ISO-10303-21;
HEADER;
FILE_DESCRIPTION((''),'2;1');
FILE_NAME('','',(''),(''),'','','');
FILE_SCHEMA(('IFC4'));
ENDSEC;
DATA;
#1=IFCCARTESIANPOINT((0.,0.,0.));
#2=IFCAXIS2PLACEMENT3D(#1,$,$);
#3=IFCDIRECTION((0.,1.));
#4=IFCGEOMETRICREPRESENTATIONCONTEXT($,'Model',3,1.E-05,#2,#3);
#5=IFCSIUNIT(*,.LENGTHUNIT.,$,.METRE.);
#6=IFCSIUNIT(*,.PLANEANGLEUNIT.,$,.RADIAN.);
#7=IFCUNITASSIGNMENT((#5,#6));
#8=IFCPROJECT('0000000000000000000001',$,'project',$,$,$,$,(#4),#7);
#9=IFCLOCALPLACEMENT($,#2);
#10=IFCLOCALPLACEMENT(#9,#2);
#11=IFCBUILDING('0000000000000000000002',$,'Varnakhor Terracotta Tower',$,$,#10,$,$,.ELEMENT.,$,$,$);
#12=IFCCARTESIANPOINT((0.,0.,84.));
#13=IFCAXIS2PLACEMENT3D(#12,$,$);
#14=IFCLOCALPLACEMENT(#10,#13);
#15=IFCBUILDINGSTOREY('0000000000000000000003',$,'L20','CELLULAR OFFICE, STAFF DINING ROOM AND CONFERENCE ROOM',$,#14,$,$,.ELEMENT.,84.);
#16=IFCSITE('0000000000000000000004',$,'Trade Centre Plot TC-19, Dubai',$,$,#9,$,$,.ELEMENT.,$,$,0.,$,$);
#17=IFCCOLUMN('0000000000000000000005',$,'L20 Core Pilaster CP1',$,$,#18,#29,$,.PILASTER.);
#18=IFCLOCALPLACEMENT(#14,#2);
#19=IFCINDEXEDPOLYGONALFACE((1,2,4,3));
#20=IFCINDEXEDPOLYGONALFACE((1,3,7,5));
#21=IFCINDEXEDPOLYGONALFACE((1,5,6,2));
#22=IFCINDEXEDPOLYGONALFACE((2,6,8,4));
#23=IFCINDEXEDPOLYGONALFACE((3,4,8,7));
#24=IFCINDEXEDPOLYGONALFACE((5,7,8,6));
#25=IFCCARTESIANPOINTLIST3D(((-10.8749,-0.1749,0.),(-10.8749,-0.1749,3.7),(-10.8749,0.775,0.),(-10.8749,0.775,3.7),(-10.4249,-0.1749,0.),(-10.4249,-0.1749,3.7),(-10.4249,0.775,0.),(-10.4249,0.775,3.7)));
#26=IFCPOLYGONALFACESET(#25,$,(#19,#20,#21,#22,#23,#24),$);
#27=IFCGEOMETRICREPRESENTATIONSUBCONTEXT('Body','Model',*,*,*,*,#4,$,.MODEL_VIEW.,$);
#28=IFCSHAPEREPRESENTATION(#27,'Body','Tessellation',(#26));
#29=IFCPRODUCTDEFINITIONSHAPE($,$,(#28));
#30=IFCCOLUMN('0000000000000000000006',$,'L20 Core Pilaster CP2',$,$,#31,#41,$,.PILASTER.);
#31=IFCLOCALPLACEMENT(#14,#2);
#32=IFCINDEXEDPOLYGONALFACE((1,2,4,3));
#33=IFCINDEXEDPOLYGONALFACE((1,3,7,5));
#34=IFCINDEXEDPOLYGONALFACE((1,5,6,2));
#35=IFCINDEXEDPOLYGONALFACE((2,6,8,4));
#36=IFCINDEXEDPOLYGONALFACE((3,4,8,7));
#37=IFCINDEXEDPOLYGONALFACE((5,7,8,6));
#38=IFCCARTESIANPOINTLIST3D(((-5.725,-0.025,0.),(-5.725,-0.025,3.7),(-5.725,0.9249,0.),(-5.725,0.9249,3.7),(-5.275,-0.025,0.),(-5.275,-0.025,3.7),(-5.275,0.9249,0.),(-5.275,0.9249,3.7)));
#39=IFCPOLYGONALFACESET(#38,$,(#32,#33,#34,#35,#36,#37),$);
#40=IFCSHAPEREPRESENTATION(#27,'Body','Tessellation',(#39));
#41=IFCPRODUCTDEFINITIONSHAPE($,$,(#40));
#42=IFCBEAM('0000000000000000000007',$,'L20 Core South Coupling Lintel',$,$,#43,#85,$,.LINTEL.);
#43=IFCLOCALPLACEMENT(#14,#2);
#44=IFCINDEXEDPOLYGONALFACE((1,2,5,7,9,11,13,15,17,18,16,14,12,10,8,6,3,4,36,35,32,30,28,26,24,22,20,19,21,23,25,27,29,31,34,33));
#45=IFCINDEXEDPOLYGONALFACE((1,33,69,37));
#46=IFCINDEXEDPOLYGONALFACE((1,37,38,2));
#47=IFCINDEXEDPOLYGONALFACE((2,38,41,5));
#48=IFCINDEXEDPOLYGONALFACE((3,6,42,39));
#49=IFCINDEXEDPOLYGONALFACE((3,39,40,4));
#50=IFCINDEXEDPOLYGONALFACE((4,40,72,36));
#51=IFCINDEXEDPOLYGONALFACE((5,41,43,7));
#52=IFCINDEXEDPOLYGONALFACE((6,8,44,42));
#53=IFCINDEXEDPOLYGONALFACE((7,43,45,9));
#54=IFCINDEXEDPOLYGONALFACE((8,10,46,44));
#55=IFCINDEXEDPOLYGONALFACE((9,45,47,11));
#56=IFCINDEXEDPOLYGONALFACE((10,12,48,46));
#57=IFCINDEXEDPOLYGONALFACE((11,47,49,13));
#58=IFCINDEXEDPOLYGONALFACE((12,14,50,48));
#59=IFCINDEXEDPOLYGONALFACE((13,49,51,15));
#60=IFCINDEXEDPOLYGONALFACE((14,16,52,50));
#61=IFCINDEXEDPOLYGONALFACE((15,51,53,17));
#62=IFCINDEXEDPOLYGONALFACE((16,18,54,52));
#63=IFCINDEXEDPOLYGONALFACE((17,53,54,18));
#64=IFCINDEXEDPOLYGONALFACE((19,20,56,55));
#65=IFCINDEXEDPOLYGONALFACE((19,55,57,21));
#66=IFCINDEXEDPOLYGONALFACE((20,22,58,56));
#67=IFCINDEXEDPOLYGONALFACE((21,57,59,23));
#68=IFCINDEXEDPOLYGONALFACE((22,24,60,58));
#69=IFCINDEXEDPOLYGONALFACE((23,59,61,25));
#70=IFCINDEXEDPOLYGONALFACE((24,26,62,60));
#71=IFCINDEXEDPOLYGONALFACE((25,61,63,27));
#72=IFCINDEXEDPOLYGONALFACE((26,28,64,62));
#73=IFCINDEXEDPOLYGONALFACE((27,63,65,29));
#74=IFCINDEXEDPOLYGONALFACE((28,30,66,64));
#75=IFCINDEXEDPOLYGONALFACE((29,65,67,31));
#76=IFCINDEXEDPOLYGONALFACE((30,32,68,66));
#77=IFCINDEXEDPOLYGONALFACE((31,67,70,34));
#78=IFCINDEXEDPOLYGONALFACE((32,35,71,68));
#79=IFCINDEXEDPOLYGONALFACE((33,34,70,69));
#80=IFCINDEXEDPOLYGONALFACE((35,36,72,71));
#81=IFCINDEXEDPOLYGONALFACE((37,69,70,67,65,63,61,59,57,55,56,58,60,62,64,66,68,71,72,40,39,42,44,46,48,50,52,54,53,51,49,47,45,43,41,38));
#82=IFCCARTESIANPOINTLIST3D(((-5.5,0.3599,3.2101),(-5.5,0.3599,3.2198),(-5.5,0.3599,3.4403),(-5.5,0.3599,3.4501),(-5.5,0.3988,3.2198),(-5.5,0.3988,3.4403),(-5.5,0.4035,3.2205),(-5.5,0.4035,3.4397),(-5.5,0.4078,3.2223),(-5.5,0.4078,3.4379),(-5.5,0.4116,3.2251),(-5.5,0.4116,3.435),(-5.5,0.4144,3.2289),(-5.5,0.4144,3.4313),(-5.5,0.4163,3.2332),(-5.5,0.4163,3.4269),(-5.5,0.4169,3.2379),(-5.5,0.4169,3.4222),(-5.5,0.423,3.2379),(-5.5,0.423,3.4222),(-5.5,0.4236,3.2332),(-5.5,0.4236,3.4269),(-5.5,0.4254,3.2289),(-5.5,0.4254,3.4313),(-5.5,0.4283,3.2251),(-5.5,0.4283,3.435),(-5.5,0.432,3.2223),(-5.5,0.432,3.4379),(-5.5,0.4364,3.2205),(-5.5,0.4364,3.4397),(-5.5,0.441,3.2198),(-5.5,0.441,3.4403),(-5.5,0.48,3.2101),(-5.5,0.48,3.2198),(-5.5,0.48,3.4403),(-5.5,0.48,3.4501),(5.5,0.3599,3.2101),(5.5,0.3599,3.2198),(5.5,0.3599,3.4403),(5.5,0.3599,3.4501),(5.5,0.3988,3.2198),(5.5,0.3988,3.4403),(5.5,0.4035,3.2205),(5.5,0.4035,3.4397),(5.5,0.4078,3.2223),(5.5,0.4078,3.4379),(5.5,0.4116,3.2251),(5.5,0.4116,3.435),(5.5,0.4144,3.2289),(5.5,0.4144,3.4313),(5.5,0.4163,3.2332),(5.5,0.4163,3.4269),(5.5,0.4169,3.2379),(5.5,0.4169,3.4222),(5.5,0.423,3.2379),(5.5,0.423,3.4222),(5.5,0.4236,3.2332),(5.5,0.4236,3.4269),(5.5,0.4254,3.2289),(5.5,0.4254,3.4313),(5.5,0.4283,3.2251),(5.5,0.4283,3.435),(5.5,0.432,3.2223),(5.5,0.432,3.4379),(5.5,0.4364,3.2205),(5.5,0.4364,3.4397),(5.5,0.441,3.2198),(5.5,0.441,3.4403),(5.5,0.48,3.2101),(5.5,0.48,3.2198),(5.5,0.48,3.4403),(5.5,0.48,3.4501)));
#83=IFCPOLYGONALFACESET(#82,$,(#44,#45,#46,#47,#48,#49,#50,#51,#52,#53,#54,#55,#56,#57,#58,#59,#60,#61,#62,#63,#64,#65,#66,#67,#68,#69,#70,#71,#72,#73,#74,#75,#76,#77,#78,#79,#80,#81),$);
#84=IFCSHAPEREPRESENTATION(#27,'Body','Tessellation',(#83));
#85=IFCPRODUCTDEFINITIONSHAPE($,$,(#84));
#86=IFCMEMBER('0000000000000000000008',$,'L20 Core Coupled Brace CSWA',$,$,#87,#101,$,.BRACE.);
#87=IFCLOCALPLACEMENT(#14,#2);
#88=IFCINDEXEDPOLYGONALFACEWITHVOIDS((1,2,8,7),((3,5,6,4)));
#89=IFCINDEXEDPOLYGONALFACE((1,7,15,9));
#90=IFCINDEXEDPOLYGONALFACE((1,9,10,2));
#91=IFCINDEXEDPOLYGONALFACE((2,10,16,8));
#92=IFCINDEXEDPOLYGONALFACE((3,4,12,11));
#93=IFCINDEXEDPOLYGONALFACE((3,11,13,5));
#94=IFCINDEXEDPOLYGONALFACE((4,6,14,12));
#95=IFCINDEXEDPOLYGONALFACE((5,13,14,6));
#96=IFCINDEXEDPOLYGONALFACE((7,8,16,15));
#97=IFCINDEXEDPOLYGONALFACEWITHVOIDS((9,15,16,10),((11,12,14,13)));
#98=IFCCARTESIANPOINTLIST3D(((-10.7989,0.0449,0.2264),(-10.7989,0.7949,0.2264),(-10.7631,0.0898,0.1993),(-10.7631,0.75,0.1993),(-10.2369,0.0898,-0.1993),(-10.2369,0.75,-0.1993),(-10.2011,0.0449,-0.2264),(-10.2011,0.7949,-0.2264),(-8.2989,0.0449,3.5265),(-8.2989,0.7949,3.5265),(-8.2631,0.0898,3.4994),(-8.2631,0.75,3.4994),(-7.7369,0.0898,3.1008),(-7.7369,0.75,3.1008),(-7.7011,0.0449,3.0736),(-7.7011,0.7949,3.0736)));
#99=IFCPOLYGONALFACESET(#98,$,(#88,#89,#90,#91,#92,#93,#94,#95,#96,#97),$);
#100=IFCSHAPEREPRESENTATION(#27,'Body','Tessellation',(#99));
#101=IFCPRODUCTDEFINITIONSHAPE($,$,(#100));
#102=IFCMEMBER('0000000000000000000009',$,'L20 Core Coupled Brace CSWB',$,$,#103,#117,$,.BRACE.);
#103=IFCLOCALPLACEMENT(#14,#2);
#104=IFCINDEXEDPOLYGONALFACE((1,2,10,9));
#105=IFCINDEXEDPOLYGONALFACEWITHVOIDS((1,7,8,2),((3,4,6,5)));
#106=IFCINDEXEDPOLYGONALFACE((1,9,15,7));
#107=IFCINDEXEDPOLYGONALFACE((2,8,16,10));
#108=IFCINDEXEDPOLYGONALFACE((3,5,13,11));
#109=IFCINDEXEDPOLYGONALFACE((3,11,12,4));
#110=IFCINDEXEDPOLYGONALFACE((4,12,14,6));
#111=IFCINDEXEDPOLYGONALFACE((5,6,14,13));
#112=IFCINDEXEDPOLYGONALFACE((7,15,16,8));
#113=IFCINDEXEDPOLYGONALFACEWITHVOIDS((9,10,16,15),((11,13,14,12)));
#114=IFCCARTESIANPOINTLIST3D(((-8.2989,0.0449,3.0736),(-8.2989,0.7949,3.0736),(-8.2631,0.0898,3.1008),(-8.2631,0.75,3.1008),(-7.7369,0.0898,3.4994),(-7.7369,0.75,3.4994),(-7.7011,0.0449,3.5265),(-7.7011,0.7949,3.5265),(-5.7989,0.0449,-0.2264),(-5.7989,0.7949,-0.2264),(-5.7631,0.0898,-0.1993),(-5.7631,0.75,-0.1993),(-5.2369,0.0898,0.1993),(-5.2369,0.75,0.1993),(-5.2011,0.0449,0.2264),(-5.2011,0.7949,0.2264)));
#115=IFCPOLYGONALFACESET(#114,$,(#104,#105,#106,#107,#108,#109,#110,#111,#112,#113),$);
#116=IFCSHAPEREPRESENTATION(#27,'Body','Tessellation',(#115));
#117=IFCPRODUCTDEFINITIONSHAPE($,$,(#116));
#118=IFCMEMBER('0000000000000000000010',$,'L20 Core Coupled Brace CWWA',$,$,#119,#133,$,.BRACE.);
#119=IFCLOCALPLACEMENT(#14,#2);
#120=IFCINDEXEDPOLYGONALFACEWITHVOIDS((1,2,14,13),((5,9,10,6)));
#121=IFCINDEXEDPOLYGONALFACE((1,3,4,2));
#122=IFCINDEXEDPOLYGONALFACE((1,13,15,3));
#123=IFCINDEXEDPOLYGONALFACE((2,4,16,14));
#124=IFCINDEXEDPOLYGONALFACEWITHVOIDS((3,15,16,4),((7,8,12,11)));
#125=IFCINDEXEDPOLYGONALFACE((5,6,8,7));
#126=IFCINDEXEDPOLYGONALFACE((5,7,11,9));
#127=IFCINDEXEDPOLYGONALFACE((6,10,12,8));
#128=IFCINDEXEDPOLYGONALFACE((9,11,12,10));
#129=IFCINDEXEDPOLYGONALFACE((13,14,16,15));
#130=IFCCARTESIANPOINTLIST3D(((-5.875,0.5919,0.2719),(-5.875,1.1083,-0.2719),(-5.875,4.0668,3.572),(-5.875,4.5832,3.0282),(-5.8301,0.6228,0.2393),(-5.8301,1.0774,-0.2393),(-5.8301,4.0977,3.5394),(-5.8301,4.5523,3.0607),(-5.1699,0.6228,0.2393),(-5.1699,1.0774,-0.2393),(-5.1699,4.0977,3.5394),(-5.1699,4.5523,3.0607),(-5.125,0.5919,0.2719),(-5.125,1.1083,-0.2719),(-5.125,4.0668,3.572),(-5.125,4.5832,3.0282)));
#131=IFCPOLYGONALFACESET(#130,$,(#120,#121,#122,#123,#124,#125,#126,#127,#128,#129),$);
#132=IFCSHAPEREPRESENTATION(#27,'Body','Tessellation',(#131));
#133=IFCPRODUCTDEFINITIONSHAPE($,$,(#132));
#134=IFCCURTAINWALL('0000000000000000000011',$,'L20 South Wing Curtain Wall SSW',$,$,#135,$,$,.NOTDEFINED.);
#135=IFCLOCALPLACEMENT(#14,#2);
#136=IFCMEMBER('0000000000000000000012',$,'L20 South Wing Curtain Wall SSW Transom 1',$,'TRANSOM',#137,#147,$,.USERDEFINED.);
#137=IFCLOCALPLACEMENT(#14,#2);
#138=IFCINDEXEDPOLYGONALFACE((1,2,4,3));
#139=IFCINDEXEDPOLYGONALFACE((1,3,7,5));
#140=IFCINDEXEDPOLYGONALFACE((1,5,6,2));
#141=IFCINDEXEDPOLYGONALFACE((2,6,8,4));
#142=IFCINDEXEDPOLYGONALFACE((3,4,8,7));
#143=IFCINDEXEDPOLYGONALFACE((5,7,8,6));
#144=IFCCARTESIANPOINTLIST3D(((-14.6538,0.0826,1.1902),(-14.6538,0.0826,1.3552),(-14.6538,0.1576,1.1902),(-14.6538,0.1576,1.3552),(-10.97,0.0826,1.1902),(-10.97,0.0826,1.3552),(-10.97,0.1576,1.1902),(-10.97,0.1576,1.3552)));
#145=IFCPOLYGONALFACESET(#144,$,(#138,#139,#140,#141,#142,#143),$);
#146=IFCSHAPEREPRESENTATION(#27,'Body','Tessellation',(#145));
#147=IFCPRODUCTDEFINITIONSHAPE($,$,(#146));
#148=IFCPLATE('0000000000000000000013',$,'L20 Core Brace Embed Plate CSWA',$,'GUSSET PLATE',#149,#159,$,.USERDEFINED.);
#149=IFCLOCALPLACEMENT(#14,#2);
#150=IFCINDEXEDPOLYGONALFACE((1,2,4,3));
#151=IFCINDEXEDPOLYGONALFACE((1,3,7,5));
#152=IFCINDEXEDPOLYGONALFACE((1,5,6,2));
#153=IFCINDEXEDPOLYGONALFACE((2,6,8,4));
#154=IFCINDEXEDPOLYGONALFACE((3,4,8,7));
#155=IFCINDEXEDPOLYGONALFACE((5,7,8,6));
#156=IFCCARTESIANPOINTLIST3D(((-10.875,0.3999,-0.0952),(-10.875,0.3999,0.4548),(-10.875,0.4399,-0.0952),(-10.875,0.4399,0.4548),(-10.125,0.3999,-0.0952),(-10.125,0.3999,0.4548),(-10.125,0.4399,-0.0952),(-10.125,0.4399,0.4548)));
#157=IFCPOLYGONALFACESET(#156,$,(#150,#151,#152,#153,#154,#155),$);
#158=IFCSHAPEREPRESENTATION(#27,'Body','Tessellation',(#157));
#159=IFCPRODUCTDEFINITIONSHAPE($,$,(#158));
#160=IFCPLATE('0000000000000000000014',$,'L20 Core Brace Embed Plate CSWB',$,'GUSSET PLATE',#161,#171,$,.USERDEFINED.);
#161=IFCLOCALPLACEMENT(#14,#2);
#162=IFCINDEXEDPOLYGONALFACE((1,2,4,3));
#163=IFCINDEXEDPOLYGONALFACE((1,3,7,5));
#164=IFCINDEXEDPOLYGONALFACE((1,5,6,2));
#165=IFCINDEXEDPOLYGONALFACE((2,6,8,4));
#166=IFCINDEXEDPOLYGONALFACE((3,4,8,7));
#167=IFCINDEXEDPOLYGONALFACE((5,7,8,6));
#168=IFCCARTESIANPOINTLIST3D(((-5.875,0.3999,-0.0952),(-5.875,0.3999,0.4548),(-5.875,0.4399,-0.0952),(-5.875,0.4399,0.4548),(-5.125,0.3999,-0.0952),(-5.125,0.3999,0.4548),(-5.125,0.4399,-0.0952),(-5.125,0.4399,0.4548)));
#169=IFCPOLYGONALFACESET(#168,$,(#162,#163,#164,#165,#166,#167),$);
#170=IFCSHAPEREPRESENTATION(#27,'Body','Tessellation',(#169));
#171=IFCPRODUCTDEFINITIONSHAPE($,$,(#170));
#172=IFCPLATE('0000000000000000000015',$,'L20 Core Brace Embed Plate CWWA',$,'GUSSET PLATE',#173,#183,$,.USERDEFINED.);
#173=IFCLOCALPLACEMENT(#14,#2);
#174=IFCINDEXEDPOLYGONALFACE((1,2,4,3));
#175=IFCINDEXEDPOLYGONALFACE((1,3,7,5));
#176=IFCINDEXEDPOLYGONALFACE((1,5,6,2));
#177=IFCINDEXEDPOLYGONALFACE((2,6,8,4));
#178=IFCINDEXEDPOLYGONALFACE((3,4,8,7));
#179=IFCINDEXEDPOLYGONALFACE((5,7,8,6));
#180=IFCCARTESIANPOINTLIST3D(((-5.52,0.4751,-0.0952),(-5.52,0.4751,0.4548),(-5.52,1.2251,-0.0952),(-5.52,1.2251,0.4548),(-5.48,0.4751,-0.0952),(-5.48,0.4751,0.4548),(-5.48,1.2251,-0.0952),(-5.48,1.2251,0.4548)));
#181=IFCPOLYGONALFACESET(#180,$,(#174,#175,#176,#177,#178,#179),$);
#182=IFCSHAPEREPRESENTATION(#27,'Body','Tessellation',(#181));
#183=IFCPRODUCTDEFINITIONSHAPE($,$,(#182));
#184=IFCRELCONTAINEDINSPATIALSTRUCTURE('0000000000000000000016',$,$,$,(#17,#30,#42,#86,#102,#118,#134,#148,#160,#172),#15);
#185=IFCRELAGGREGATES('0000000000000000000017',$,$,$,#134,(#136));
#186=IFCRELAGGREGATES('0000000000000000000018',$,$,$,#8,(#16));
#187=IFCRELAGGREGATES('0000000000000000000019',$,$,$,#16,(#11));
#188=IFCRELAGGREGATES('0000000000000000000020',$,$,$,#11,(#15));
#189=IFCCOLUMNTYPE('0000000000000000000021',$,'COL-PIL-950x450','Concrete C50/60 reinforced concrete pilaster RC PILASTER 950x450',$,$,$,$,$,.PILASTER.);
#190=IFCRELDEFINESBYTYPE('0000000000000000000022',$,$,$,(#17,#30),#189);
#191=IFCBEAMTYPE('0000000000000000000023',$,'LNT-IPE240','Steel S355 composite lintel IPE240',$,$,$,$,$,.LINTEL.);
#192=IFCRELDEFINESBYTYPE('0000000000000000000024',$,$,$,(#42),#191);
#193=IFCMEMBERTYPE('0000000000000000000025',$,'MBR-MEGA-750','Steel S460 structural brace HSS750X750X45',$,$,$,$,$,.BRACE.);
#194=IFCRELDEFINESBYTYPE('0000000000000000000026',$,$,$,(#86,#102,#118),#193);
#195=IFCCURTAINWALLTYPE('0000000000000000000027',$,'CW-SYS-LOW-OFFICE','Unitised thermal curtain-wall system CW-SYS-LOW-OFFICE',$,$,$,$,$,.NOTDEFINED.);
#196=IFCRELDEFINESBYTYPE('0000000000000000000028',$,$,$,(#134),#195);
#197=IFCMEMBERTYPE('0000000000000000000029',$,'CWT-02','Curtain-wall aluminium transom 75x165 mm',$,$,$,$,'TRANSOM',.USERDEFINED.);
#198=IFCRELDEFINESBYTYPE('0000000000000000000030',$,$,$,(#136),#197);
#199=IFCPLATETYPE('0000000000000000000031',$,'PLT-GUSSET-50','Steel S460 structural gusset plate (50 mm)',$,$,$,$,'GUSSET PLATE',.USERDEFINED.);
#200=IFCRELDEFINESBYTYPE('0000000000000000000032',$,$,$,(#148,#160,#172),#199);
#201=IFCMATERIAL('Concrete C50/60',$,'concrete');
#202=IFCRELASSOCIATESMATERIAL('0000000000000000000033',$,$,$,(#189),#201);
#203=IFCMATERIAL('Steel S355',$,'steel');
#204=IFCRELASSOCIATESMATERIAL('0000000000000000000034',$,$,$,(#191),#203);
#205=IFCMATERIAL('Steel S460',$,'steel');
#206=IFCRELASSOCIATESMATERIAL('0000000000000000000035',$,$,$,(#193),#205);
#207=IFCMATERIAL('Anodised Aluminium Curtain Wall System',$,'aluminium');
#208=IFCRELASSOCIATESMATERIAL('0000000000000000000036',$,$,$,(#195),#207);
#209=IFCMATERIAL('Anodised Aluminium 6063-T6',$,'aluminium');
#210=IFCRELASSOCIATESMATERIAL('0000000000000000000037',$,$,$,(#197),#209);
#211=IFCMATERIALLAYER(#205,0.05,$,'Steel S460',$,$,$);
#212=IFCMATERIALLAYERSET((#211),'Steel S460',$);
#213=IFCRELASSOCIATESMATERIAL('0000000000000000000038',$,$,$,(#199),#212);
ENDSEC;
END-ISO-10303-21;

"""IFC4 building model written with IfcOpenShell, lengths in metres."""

from ifc_helpers import new_model, si_unit, direction, frame, origin, origin_2d, place, context, subcontext, project, spatial, rectangle, hollow_rectangle, i_section, extrude, source, transform, mapped, material, layer, layer_set, material_profile, profile_set, type_object, type_shapes, element, aggregate, save


model = new_model("IFC4")

# Units and contexts
model_context = context("Model", 3, precision=1e-05, world=origin(), true_north=direction((0.0, 1.0)))
body_context = subcontext(model_context, "Body", "Model", "MODEL_VIEW")
ifc_project = project(units=[si_unit("LENGTHUNIT", "METRE"), si_unit("PLANEANGLEUNIT", "RADIAN")], contexts=[model_context])

# Site, building, storey
site_placement = place(None, origin())
site = spatial("IfcSite", under=ifc_project, at=site_placement, Name="Trade Centre Plot TC-19, Dubai", CompositionType="ELEMENT", RefElevation=0.0)
building_placement = place(site_placement, origin())
building = spatial("IfcBuilding", under=site, at=building_placement, Name="Varnakhor Terracotta Tower", CompositionType="ELEMENT")
storey_placement = place(building_placement, frame((0.0, 0.0, 84.0)))
storey = spatial("IfcBuildingStorey", under=building, at=storey_placement, Name="L20", Description="CELLULAR OFFICE, STAFF DINING ROOM AND CONFERENCE ROOM", CompositionType="ELEMENT", Elevation=84.0)

# Columns
ifc_material_1 = material(Name="Concrete C50/60", Category="concrete")
ifc_material_profile_1 = material_profile(ifc_material_1, rectangle(XDim=0.45, YDim=0.95, at=origin_2d()), Name="RC PILASTER 950x450")
ifc_profile_set_1 = profile_set([ifc_material_profile_1], Name="Concrete C50/60")
column_type = type_object("IfcColumnType", Name="COL-PIL-950x450", Description="Concrete C50/60 reinforced concrete pilaster RC PILASTER 950x450", PredefinedType="PILASTER", material=ifc_profile_set_1)
shared_shape_1 = source(origin(), body_context, "Body", "SweptSolid", [
    extrude(rectangle(XDim=0.45, YDim=0.95, at=origin_2d()), origin(), (0.0, 0.0, 1.0), 3.7),
])
for number, where, z_axis, x_axis, name in (
    (1, (-10.6499, 0.3, 0.0), (0.0, 0.0, 1.0), (1.0, 0.0, 0.0), "L20 Core Pilaster CP1"),
    (2, (-5.5, 0.45, 0.0), (0.0, 0.0, 1.0), (1.0, 0.0, 0.0), "L20 Core Pilaster CP2"),
):
    element("IfcColumn", number, at=place(storey_placement, frame(where, z_axis=z_axis, x_axis=x_axis)), inside=storey, type_object=column_type, Name=name, PredefinedType="PILASTER", context=body_context, shape_type="MappedRepresentation", body=[
        mapped(shared_shape_1, transform((0.0, 0.0, 0.0), scale=1.0)),
    ])

# Beam
ifc_material_2 = material(Name="Steel S355", Category="steel")
ifc_material_profile_2 = material_profile(ifc_material_2, i_section(OverallWidth=0.1201, OverallDepth=0.24, WebThickness=0.0061, FlangeThickness=0.0098, FilletRadius=0.0181, at=origin_2d()), Name="IPE240")
ifc_profile_set_2 = profile_set([ifc_material_profile_2], Name="Steel S355")
beam_type = type_object("IfcBeamType", Name="LNT-IPE240", Description="Steel S355 composite lintel IPE240", PredefinedType="LINTEL", material=ifc_profile_set_2)
shared_shape_2 = source(origin(), body_context, "Body", "SweptSolid", [
    extrude(i_section(OverallWidth=0.1201, OverallDepth=0.24, WebThickness=0.0061, FlangeThickness=0.0098, FilletRadius=0.0181, at=origin_2d()), origin(), (0.0, 0.0, 1.0), 11.0),
])
type_shapes(beam_type, [shared_shape_2])
beam_placement = place(storey_placement, frame((-5.5, 0.4199, 3.3301), z_axis=(1.0, 0.0, 0.0), x_axis=(0.0, 1.0, 0.0)))
element("IfcBeam", 3, at=beam_placement, inside=storey, type_object=beam_type, Name="L20 Core South Coupling Lintel", PredefinedType="LINTEL", context=body_context, shape_type="MappedRepresentation", body=[
    mapped(shared_shape_2, transform((0.0, 0.0, 0.0), scale=1.0)),
])

# Members
ifc_material_3 = material(Name="Steel S460", Category="steel")
ifc_material_profile_3 = material_profile(ifc_material_3, hollow_rectangle(XDim=0.75, YDim=0.75, WallThickness=0.0449, at=origin_2d()), Name="HSS750X750X45")
ifc_profile_set_3 = profile_set([ifc_material_profile_3], Name="Steel S460")
member_type_1 = type_object("IfcMemberType", Name="MBR-MEGA-750", Description="Steel S460 structural brace HSS750X750X45", PredefinedType="BRACE", material=ifc_profile_set_3)
shared_shape_3 = source(origin(), body_context, "Body", "SweptSolid", [
    extrude(hollow_rectangle(XDim=0.75, YDim=0.75, WallThickness=0.0449, at=origin_2d()), origin(), (0.0, 0.0, 1.0), 4.1401),
])
type_shapes(member_type_1, [shared_shape_3])
for number, where, z_axis, x_axis, name in (
    (4, (-10.5, 0.4199, 0.0), (0.603852, 0.0, 0.797096), (0.0, 1.0, 0.0), "L20 Core Coupled Brace CSWA"),
    (5, (-5.5, 0.4199, 0.0), (-0.603852, 0.0, 0.797096), (0.0, -1.0, 0.0), "L20 Core Coupled Brace CSWB"),
):
    element("IfcMember", number, at=place(storey_placement, frame(where, z_axis=z_axis, x_axis=x_axis)), inside=storey, type_object=member_type_1, Name=name, PredefinedType="BRACE", context=body_context, shape_type="MappedRepresentation", body=[
        mapped(shared_shape_3, transform((0.0, 0.0, 0.0), scale=1.0)),
    ])
shared_shape_4 = source(origin(), body_context, "Body", "SweptSolid", [
    extrude(hollow_rectangle(XDim=0.75, YDim=0.75, WallThickness=0.0449, at=origin_2d()), origin(), (0.0, 0.0, 1.0), 4.7922),
])
member_1_placement = place(storey_placement, frame((-5.5, 0.8501, 0.0), z_axis=(0.0, 0.72511, 0.688633), x_axis=(-1.0, 0.0, 0.0)))
element("IfcMember", 6, at=member_1_placement, inside=storey, type_object=member_type_1, Name="L20 Core Coupled Brace CWWA", PredefinedType="BRACE", context=body_context, shape_type="MappedRepresentation", body=[
    mapped(shared_shape_4, transform((0.0, 0.0, 0.0), scale=1.0)),
])

# Curtain wall, member
ifc_material_4 = material(Name="Anodised Aluminium Curtain Wall System", Category="aluminium")
curtain_wall_type = type_object("IfcCurtainWallType", Name="CW-SYS-LOW-OFFICE", Description="Unitised thermal curtain-wall system CW-SYS-LOW-OFFICE", PredefinedType="NOTDEFINED", material=ifc_material_4)
curtain_wall_placement = place(storey_placement, origin())
curtain_wall = element("IfcCurtainWall", 7, at=curtain_wall_placement, inside=storey, type_object=curtain_wall_type, Name="L20 South Wing Curtain Wall SSW", PredefinedType="NOTDEFINED")
ifc_material_5 = material(Name="Anodised Aluminium 6063-T6", Category="aluminium")
ifc_material_profile_4 = material_profile(ifc_material_5, rectangle(XDim=0.075, YDim=0.165, at=origin_2d()), Name="ALU TRANSOM 75x165")
ifc_profile_set_4 = profile_set([ifc_material_profile_4], Name="Anodised Aluminium 6063-T6")
member_type_2 = type_object("IfcMemberType", Name="CWT-02", Description="Curtain-wall aluminium transom 75x165 mm", ElementType="TRANSOM", PredefinedType="USERDEFINED", material=ifc_profile_set_4)
shared_shape_5 = source(origin(), body_context, "Body", "SweptSolid", [
    extrude(rectangle(XDim=0.075, YDim=0.165, at=origin_2d()), origin(), (0.0, 0.0, 1.0), 3.6838),
])
member_2_placement = place(storey_placement, frame((-10.97, 0.1201, 1.2727), z_axis=(-1.0, 0.0, 0.0), x_axis=(0.0, -1.0, 0.0)))
member_2 = element("IfcMember", 8, at=member_2_placement, type_object=member_type_2, Name="L20 South Wing Curtain Wall SSW Transom 1", ObjectType="TRANSOM", PredefinedType="USERDEFINED", context=body_context, shape_type="MappedRepresentation", body=[
    mapped(shared_shape_5, transform((0.0, 0.0, 0.0), scale=1.0)),
])
aggregate(curtain_wall, [member_2])

# Plates
ifc_layer_1 = layer(ifc_material_3, 0.05, Name="Steel S460")
ifc_layer_set_1 = layer_set([ifc_layer_1], Name="Steel S460")
plate_type = type_object("IfcPlateType", Name="PLT-GUSSET-50", Description="Steel S460 structural gusset plate (50 mm)", ElementType="GUSSET PLATE", PredefinedType="USERDEFINED", material=ifc_layer_set_1)
shared_shape_6 = source(origin(), body_context, "Body", "SweptSolid", [
    extrude(rectangle(XDim=0.75, YDim=0.04, at=origin_2d()), origin(), (0.0, 0.0, 1.0), 0.55),
])
type_shapes(plate_type, [shared_shape_6])
for number, where, z_axis, x_axis, name in (
    (9, (-10.5, 0.4199, -0.0952), (0.0, 0.0, 1.0), (1.0, 0.0, 0.0), "L20 Core Brace Embed Plate CSWA"),
    (10, (-5.5, 0.4199, -0.0952), (0.0, 0.0, 1.0), (1.0, 0.0, 0.0), "L20 Core Brace Embed Plate CSWB"),
    (11, (-5.5, 0.8501, -0.0952), (0.0, 0.0, 1.0), (0.0, 1.0, 0.0), "L20 Core Brace Embed Plate CWWA"),
):
    element("IfcPlate", number, at=place(storey_placement, frame(where, z_axis=z_axis, x_axis=x_axis)), inside=storey, type_object=plate_type, Name=name, ObjectType="GUSSET PLATE", PredefinedType="USERDEFINED", context=body_context, shape_type="MappedRepresentation", body=[
        mapped(shared_shape_6, transform((0.0, 0.0, 0.0), scale=1.0)),
    ])

save(model, "model.ifc")
